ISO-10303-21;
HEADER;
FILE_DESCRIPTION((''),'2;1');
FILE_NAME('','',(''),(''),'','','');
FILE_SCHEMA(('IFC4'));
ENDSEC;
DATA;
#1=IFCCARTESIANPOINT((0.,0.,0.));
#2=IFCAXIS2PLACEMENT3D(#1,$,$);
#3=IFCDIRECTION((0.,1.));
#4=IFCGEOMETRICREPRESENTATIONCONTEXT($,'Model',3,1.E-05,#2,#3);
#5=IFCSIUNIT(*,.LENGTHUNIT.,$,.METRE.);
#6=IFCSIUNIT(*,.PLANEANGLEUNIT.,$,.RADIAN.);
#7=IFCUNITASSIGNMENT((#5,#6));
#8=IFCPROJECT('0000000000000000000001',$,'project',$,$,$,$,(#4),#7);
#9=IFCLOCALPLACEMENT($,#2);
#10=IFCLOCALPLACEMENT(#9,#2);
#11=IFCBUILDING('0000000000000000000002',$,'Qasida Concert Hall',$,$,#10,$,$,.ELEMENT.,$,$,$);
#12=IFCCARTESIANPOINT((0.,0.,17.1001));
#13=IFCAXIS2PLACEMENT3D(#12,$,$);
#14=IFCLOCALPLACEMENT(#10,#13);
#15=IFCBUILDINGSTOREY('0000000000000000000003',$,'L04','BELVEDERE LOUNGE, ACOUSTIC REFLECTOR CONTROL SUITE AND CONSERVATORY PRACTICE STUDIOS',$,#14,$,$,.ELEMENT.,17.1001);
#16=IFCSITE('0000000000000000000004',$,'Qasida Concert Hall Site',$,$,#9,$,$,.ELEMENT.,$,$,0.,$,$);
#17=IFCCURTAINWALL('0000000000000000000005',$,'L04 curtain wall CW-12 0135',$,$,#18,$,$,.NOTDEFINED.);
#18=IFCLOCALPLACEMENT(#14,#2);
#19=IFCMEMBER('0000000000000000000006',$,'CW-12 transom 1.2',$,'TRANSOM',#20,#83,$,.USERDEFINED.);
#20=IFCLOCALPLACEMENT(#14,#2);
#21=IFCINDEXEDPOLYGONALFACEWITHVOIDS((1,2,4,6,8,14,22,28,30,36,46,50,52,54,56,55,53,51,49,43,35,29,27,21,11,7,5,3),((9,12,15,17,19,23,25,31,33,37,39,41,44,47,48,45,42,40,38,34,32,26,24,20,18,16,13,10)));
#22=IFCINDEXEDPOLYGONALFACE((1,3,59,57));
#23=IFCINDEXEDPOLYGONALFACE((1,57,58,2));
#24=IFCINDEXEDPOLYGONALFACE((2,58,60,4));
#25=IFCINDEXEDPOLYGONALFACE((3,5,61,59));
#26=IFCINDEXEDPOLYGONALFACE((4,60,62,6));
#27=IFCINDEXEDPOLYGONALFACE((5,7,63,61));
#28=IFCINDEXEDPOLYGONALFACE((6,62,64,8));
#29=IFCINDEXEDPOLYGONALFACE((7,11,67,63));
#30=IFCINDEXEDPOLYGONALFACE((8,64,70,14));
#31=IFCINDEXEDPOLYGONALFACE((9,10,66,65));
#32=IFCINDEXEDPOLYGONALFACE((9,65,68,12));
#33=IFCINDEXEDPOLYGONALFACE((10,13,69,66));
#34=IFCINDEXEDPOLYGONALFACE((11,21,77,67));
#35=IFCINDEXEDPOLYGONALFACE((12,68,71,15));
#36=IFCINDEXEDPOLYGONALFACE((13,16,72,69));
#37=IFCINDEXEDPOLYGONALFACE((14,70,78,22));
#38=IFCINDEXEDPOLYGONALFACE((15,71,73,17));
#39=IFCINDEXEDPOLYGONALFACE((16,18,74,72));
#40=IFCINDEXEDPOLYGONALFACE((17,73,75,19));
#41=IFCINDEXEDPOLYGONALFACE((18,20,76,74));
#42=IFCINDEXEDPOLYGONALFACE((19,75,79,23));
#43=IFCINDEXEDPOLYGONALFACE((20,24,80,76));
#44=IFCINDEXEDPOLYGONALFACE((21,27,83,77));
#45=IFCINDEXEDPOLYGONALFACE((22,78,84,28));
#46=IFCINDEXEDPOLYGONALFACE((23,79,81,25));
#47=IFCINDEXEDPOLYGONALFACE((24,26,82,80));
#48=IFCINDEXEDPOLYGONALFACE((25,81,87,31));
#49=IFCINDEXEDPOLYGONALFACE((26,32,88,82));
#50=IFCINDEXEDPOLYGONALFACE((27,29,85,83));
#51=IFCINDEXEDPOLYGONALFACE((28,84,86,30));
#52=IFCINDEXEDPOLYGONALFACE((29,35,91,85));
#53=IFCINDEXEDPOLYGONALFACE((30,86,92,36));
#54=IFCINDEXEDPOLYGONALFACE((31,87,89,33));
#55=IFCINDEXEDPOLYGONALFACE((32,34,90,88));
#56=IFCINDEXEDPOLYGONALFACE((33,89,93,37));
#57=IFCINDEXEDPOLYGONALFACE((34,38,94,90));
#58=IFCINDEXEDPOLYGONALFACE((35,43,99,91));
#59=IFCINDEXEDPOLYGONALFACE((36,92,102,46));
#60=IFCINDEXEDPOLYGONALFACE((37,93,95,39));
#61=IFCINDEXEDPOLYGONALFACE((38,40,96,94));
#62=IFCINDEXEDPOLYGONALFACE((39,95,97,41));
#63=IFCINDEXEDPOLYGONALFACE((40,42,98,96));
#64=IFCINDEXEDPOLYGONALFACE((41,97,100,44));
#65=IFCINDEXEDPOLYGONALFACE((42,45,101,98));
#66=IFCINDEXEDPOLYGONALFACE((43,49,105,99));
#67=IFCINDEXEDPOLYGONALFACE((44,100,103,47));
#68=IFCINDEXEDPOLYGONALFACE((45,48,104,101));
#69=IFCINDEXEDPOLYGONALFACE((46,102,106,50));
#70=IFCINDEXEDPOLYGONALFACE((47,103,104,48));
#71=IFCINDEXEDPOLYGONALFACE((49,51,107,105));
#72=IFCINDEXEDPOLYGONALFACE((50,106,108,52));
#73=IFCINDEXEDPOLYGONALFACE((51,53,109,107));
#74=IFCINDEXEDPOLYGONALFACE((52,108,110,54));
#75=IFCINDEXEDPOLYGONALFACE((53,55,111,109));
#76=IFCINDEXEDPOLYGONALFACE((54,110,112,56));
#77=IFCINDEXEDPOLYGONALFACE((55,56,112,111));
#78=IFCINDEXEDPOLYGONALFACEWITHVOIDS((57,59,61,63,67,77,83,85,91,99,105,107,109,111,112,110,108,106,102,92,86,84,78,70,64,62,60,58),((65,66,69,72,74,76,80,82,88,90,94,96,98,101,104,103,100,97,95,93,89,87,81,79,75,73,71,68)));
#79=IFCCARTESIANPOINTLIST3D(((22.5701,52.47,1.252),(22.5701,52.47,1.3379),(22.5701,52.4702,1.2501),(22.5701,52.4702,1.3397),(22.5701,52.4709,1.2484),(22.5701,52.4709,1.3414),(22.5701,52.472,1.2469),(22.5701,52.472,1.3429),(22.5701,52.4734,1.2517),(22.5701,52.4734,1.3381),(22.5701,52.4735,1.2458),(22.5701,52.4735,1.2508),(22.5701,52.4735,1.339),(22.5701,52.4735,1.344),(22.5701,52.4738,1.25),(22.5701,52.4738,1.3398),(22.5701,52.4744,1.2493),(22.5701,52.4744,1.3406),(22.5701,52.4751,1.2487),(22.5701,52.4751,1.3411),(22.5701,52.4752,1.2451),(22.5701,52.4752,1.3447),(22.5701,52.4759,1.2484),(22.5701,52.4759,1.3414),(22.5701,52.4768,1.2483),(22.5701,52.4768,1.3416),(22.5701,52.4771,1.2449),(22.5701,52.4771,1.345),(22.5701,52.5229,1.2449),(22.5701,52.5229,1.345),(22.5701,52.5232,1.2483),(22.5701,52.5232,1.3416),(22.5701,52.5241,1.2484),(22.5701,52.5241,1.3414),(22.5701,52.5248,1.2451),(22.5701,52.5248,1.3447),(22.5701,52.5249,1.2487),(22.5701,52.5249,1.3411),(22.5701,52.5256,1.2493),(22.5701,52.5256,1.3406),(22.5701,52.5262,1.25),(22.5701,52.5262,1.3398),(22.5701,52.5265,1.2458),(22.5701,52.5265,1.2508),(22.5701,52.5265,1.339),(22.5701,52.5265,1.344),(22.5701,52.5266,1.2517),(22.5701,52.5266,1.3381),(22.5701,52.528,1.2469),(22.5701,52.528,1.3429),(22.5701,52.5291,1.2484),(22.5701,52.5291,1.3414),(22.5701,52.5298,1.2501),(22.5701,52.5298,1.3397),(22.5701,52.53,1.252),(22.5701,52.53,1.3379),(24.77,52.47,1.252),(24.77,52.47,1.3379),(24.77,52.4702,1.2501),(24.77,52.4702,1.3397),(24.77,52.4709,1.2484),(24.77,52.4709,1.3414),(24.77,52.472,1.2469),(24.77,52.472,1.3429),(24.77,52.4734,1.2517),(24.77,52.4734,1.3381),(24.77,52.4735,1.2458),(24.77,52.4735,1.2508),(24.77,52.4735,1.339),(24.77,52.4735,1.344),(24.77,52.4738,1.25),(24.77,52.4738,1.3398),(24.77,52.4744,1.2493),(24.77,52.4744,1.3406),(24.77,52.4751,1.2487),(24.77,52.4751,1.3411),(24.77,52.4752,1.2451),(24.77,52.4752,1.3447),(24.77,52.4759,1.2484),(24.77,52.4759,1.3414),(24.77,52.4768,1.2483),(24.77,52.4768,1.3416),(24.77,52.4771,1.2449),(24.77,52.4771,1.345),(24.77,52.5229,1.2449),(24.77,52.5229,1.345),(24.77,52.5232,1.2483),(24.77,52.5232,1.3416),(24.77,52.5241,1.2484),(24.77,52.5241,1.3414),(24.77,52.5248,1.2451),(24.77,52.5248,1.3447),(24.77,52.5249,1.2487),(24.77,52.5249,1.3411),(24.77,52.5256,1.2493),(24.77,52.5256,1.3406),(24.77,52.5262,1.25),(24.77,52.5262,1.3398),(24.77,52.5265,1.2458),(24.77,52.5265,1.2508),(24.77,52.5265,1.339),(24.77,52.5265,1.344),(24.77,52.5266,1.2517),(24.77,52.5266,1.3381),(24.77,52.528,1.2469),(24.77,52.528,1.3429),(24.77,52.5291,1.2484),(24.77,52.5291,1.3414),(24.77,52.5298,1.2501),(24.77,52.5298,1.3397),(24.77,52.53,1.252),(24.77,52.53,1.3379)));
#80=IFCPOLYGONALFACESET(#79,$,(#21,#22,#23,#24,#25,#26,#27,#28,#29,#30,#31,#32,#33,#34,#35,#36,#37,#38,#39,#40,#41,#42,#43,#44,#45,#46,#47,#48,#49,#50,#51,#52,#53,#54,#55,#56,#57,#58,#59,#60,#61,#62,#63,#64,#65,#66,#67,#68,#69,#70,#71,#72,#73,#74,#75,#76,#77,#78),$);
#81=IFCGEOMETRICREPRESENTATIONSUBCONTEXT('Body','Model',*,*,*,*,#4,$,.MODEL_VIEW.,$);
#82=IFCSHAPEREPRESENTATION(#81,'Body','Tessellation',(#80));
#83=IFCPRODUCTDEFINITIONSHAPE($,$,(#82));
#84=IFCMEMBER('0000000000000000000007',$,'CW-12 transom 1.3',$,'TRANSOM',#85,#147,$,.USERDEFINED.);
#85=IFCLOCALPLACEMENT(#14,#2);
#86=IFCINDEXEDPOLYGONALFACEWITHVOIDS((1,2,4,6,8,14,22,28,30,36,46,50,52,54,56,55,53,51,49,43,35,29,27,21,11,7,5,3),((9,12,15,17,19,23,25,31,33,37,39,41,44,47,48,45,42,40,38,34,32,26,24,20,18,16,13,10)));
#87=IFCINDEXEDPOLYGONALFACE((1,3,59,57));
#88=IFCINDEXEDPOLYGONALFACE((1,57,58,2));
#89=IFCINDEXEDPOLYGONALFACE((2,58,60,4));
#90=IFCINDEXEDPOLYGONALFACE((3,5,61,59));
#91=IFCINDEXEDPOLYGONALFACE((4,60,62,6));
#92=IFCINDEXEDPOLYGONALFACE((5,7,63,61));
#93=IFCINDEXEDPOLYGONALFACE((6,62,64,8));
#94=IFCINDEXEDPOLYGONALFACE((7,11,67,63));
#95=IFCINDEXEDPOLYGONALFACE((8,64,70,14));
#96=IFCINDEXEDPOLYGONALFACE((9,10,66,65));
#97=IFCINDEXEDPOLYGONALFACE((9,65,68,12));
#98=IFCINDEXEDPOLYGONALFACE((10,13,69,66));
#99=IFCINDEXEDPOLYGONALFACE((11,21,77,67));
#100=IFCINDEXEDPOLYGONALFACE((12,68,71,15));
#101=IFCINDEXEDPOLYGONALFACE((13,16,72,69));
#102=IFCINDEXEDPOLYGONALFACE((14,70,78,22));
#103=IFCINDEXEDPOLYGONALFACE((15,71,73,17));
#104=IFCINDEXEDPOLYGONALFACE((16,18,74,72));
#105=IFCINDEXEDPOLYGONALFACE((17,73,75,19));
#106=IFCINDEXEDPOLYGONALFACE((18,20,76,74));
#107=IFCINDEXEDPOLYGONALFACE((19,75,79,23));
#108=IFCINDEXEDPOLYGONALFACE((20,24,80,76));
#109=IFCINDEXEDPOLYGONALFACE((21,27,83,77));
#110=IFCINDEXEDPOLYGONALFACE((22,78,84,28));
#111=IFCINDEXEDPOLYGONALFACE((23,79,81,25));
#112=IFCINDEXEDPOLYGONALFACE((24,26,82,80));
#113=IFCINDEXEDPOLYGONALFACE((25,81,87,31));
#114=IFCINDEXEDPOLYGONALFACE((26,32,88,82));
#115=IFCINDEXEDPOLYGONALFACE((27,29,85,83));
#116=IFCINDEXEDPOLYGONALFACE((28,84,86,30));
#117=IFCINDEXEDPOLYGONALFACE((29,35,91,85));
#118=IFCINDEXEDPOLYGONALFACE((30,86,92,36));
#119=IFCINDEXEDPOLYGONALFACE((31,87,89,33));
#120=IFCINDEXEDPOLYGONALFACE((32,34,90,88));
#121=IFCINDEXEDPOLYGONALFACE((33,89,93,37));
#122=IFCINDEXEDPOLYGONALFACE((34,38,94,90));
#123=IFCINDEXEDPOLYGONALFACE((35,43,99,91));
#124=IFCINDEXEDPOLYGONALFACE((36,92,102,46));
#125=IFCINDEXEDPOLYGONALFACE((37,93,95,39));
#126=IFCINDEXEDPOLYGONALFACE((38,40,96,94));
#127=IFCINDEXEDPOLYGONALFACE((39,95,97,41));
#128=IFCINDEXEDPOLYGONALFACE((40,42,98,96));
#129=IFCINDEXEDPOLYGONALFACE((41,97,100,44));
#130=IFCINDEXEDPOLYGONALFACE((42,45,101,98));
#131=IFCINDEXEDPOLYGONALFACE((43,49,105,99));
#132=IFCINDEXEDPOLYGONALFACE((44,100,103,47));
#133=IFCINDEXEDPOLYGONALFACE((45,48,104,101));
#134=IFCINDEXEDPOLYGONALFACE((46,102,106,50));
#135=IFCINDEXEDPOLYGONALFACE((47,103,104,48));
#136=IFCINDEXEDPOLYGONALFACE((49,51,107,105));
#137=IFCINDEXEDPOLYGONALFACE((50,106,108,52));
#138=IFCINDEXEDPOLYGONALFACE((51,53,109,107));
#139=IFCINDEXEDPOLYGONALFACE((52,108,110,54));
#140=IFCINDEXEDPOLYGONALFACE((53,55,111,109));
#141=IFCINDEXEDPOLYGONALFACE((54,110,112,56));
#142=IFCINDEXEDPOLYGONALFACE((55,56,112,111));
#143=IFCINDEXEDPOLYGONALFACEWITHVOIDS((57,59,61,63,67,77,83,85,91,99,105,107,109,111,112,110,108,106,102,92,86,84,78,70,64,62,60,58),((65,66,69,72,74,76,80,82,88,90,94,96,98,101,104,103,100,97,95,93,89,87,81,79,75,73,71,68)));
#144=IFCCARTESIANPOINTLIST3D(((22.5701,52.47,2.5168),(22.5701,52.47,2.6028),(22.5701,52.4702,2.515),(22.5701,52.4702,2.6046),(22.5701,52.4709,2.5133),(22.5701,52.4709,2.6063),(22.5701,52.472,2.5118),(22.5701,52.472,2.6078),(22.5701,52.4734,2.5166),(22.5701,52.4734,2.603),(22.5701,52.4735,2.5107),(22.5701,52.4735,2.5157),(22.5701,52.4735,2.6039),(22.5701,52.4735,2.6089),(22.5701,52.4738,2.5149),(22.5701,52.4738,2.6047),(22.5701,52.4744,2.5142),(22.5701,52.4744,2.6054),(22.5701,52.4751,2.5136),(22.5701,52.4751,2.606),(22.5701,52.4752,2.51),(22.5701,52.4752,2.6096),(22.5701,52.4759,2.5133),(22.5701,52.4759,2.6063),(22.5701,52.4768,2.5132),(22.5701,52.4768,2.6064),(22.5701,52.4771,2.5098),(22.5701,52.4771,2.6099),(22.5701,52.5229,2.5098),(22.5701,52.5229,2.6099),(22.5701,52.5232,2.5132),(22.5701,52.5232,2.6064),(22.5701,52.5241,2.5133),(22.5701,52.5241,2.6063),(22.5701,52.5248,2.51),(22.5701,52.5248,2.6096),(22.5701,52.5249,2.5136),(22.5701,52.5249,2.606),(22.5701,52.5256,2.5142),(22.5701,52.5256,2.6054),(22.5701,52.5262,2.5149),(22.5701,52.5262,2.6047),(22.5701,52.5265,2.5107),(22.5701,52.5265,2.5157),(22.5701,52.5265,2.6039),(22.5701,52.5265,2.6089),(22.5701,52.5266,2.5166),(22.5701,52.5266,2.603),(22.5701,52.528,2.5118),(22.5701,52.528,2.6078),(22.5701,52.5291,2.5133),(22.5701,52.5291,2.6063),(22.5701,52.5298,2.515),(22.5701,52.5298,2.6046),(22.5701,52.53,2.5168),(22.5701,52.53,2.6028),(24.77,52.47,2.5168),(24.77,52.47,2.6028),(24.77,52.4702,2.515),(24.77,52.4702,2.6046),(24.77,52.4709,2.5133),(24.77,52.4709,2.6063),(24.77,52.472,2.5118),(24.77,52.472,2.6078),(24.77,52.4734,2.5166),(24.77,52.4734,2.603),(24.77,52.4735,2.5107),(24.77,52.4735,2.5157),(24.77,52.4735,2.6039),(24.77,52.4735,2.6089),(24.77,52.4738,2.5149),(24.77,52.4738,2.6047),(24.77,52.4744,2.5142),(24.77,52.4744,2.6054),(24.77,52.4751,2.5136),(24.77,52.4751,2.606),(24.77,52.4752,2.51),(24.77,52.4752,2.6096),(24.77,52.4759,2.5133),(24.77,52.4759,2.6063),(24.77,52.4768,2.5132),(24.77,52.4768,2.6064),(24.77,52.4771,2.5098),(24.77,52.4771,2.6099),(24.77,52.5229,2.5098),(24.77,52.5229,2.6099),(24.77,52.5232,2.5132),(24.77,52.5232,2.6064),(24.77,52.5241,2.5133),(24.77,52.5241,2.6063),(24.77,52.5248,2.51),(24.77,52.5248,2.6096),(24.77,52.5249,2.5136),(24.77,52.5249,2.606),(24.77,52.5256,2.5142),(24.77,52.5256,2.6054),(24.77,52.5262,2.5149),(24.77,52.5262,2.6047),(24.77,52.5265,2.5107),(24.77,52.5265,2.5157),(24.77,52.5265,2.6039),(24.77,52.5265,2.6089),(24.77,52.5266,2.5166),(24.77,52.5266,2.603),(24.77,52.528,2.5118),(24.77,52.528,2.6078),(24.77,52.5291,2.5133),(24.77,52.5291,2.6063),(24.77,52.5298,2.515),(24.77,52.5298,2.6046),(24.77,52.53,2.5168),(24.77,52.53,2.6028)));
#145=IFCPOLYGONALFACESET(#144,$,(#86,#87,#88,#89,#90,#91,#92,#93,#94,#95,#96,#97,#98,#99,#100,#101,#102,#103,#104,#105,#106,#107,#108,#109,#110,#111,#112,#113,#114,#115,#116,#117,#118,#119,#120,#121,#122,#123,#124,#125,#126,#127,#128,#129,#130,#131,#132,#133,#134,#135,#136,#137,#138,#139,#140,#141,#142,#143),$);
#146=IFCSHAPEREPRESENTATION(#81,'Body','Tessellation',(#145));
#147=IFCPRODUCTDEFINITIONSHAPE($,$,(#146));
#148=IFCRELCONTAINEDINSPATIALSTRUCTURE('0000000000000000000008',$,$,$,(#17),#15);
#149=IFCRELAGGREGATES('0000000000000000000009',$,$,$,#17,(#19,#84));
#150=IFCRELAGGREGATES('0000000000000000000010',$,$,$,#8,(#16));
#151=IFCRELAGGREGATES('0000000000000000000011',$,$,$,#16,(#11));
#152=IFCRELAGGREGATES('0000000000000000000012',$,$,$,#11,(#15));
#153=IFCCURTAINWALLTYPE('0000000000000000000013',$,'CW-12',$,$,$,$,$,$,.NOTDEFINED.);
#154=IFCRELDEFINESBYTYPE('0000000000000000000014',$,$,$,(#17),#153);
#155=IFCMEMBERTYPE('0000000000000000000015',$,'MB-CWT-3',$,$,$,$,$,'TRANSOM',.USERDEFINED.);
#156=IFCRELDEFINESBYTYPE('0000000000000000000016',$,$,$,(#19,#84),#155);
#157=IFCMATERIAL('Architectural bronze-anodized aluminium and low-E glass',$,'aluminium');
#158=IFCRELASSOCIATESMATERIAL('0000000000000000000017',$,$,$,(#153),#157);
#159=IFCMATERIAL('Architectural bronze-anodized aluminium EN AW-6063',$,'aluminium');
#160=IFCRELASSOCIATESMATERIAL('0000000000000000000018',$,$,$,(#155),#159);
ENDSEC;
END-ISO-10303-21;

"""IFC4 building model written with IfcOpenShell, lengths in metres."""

from ifc_helpers import new_model, si_unit, direction, frame, origin, origin_2d, place, context, subcontext, project, spatial, hollow_rectangle, extrude, material, material_profile, profile_set, type_object, element, aggregate, save


model = new_model("IFC4")

# Units and contexts
model_context = context("Model", 3, precision=1e-05, world=origin(), true_north=direction((0.0, 1.0)))
body_context = subcontext(model_context, "Body", "Model", "MODEL_VIEW")
ifc_project = project(units=[si_unit("LENGTHUNIT", "METRE"), si_unit("PLANEANGLEUNIT", "RADIAN")], contexts=[model_context])

# Site, building, storey
site_placement = place(None, origin())
site = spatial("IfcSite", under=ifc_project, at=site_placement, Name="Qasida Concert Hall Site", CompositionType="ELEMENT", RefElevation=0.0)
building_placement = place(site_placement, origin())
building = spatial("IfcBuilding", under=site, at=building_placement, Name="Qasida Concert Hall", CompositionType="ELEMENT")
storey_placement = place(building_placement, frame((0.0, 0.0, 17.1001)))
storey = spatial("IfcBuildingStorey", under=building, at=storey_placement, Name="L04", Description="BELVEDERE LOUNGE, ACOUSTIC REFLECTOR CONTROL SUITE AND CONSERVATORY PRACTICE STUDIOS", CompositionType="ELEMENT", Elevation=17.1001)

# Shared definitions
ifc_material_1 = material(Name="Architectural bronze-anodized aluminium and low-E glass", Category="aluminium")
curtain_wall_type = type_object("IfcCurtainWallType", Name="CW-12", PredefinedType="NOTDEFINED", material=ifc_material_1)
ifc_material_2 = material(Name="Architectural bronze-anodized aluminium EN AW-6063", Category="aluminium")

# Curtain wall
curtain_wall_1_placement = place(storey_placement, origin())
curtain_wall_1 = element("IfcCurtainWall", 1, at=curtain_wall_1_placement, inside=storey, type_object=curtain_wall_type, Name="L04 curtain wall CW-12 0135", PredefinedType="NOTDEFINED")

# Members
ifc_material_profile_1 = material_profile(ifc_material_2, hollow_rectangle(XDim=0.0601, YDim=0.1001, WallThickness=0.0034, InnerFilletRadius=0.0034, OuterFilletRadius=0.0071, at=origin_2d()), Name="CWT 100x60x3.5")
ifc_profile_set_1 = profile_set([ifc_material_profile_1], Name="Architectural bronze-anodized aluminium EN AW-6063")
member_type_1 = type_object("IfcMemberType", Name="MB-CWT-3", ElementType="TRANSOM", PredefinedType="USERDEFINED", material=ifc_profile_set_1)
member_1_placement = place(storey_placement, frame((22.5701, 52.5, 1.2949), z_axis=(1.0, 0.0, 0.0), x_axis=(0.0, 1.0, 0.0)))
member_1 = element("IfcMember", 2, at=member_1_placement, type_object=member_type_1, Name="CW-12 transom 1.2", ObjectType="TRANSOM", PredefinedType="USERDEFINED", context=body_context, shape_type="SweptSolid", body=[
    extrude(hollow_rectangle(XDim=0.0601, YDim=0.1001, WallThickness=0.0034, InnerFilletRadius=0.0034, OuterFilletRadius=0.0071, at=origin_2d()), origin(), (0.0, 0.0, 1.0), 2.2),
])
member_2_placement = place(storey_placement, frame((22.5701, 52.5, 2.5598), z_axis=(1.0, 0.0, 0.0), x_axis=(0.0, 1.0, 0.0)))
member_2 = element("IfcMember", 3, at=member_2_placement, type_object=member_type_1, Name="CW-12 transom 1.3", ObjectType="TRANSOM", PredefinedType="USERDEFINED", context=body_context, shape_type="SweptSolid", body=[
    extrude(hollow_rectangle(XDim=0.0601, YDim=0.1001, WallThickness=0.0034, InnerFilletRadius=0.0034, OuterFilletRadius=0.0071, at=origin_2d()), origin(), (0.0, 0.0, 1.0), 2.2),
])

aggregate(curtain_wall_1, [member_1, member_2])

save(model, "model.ifc")
